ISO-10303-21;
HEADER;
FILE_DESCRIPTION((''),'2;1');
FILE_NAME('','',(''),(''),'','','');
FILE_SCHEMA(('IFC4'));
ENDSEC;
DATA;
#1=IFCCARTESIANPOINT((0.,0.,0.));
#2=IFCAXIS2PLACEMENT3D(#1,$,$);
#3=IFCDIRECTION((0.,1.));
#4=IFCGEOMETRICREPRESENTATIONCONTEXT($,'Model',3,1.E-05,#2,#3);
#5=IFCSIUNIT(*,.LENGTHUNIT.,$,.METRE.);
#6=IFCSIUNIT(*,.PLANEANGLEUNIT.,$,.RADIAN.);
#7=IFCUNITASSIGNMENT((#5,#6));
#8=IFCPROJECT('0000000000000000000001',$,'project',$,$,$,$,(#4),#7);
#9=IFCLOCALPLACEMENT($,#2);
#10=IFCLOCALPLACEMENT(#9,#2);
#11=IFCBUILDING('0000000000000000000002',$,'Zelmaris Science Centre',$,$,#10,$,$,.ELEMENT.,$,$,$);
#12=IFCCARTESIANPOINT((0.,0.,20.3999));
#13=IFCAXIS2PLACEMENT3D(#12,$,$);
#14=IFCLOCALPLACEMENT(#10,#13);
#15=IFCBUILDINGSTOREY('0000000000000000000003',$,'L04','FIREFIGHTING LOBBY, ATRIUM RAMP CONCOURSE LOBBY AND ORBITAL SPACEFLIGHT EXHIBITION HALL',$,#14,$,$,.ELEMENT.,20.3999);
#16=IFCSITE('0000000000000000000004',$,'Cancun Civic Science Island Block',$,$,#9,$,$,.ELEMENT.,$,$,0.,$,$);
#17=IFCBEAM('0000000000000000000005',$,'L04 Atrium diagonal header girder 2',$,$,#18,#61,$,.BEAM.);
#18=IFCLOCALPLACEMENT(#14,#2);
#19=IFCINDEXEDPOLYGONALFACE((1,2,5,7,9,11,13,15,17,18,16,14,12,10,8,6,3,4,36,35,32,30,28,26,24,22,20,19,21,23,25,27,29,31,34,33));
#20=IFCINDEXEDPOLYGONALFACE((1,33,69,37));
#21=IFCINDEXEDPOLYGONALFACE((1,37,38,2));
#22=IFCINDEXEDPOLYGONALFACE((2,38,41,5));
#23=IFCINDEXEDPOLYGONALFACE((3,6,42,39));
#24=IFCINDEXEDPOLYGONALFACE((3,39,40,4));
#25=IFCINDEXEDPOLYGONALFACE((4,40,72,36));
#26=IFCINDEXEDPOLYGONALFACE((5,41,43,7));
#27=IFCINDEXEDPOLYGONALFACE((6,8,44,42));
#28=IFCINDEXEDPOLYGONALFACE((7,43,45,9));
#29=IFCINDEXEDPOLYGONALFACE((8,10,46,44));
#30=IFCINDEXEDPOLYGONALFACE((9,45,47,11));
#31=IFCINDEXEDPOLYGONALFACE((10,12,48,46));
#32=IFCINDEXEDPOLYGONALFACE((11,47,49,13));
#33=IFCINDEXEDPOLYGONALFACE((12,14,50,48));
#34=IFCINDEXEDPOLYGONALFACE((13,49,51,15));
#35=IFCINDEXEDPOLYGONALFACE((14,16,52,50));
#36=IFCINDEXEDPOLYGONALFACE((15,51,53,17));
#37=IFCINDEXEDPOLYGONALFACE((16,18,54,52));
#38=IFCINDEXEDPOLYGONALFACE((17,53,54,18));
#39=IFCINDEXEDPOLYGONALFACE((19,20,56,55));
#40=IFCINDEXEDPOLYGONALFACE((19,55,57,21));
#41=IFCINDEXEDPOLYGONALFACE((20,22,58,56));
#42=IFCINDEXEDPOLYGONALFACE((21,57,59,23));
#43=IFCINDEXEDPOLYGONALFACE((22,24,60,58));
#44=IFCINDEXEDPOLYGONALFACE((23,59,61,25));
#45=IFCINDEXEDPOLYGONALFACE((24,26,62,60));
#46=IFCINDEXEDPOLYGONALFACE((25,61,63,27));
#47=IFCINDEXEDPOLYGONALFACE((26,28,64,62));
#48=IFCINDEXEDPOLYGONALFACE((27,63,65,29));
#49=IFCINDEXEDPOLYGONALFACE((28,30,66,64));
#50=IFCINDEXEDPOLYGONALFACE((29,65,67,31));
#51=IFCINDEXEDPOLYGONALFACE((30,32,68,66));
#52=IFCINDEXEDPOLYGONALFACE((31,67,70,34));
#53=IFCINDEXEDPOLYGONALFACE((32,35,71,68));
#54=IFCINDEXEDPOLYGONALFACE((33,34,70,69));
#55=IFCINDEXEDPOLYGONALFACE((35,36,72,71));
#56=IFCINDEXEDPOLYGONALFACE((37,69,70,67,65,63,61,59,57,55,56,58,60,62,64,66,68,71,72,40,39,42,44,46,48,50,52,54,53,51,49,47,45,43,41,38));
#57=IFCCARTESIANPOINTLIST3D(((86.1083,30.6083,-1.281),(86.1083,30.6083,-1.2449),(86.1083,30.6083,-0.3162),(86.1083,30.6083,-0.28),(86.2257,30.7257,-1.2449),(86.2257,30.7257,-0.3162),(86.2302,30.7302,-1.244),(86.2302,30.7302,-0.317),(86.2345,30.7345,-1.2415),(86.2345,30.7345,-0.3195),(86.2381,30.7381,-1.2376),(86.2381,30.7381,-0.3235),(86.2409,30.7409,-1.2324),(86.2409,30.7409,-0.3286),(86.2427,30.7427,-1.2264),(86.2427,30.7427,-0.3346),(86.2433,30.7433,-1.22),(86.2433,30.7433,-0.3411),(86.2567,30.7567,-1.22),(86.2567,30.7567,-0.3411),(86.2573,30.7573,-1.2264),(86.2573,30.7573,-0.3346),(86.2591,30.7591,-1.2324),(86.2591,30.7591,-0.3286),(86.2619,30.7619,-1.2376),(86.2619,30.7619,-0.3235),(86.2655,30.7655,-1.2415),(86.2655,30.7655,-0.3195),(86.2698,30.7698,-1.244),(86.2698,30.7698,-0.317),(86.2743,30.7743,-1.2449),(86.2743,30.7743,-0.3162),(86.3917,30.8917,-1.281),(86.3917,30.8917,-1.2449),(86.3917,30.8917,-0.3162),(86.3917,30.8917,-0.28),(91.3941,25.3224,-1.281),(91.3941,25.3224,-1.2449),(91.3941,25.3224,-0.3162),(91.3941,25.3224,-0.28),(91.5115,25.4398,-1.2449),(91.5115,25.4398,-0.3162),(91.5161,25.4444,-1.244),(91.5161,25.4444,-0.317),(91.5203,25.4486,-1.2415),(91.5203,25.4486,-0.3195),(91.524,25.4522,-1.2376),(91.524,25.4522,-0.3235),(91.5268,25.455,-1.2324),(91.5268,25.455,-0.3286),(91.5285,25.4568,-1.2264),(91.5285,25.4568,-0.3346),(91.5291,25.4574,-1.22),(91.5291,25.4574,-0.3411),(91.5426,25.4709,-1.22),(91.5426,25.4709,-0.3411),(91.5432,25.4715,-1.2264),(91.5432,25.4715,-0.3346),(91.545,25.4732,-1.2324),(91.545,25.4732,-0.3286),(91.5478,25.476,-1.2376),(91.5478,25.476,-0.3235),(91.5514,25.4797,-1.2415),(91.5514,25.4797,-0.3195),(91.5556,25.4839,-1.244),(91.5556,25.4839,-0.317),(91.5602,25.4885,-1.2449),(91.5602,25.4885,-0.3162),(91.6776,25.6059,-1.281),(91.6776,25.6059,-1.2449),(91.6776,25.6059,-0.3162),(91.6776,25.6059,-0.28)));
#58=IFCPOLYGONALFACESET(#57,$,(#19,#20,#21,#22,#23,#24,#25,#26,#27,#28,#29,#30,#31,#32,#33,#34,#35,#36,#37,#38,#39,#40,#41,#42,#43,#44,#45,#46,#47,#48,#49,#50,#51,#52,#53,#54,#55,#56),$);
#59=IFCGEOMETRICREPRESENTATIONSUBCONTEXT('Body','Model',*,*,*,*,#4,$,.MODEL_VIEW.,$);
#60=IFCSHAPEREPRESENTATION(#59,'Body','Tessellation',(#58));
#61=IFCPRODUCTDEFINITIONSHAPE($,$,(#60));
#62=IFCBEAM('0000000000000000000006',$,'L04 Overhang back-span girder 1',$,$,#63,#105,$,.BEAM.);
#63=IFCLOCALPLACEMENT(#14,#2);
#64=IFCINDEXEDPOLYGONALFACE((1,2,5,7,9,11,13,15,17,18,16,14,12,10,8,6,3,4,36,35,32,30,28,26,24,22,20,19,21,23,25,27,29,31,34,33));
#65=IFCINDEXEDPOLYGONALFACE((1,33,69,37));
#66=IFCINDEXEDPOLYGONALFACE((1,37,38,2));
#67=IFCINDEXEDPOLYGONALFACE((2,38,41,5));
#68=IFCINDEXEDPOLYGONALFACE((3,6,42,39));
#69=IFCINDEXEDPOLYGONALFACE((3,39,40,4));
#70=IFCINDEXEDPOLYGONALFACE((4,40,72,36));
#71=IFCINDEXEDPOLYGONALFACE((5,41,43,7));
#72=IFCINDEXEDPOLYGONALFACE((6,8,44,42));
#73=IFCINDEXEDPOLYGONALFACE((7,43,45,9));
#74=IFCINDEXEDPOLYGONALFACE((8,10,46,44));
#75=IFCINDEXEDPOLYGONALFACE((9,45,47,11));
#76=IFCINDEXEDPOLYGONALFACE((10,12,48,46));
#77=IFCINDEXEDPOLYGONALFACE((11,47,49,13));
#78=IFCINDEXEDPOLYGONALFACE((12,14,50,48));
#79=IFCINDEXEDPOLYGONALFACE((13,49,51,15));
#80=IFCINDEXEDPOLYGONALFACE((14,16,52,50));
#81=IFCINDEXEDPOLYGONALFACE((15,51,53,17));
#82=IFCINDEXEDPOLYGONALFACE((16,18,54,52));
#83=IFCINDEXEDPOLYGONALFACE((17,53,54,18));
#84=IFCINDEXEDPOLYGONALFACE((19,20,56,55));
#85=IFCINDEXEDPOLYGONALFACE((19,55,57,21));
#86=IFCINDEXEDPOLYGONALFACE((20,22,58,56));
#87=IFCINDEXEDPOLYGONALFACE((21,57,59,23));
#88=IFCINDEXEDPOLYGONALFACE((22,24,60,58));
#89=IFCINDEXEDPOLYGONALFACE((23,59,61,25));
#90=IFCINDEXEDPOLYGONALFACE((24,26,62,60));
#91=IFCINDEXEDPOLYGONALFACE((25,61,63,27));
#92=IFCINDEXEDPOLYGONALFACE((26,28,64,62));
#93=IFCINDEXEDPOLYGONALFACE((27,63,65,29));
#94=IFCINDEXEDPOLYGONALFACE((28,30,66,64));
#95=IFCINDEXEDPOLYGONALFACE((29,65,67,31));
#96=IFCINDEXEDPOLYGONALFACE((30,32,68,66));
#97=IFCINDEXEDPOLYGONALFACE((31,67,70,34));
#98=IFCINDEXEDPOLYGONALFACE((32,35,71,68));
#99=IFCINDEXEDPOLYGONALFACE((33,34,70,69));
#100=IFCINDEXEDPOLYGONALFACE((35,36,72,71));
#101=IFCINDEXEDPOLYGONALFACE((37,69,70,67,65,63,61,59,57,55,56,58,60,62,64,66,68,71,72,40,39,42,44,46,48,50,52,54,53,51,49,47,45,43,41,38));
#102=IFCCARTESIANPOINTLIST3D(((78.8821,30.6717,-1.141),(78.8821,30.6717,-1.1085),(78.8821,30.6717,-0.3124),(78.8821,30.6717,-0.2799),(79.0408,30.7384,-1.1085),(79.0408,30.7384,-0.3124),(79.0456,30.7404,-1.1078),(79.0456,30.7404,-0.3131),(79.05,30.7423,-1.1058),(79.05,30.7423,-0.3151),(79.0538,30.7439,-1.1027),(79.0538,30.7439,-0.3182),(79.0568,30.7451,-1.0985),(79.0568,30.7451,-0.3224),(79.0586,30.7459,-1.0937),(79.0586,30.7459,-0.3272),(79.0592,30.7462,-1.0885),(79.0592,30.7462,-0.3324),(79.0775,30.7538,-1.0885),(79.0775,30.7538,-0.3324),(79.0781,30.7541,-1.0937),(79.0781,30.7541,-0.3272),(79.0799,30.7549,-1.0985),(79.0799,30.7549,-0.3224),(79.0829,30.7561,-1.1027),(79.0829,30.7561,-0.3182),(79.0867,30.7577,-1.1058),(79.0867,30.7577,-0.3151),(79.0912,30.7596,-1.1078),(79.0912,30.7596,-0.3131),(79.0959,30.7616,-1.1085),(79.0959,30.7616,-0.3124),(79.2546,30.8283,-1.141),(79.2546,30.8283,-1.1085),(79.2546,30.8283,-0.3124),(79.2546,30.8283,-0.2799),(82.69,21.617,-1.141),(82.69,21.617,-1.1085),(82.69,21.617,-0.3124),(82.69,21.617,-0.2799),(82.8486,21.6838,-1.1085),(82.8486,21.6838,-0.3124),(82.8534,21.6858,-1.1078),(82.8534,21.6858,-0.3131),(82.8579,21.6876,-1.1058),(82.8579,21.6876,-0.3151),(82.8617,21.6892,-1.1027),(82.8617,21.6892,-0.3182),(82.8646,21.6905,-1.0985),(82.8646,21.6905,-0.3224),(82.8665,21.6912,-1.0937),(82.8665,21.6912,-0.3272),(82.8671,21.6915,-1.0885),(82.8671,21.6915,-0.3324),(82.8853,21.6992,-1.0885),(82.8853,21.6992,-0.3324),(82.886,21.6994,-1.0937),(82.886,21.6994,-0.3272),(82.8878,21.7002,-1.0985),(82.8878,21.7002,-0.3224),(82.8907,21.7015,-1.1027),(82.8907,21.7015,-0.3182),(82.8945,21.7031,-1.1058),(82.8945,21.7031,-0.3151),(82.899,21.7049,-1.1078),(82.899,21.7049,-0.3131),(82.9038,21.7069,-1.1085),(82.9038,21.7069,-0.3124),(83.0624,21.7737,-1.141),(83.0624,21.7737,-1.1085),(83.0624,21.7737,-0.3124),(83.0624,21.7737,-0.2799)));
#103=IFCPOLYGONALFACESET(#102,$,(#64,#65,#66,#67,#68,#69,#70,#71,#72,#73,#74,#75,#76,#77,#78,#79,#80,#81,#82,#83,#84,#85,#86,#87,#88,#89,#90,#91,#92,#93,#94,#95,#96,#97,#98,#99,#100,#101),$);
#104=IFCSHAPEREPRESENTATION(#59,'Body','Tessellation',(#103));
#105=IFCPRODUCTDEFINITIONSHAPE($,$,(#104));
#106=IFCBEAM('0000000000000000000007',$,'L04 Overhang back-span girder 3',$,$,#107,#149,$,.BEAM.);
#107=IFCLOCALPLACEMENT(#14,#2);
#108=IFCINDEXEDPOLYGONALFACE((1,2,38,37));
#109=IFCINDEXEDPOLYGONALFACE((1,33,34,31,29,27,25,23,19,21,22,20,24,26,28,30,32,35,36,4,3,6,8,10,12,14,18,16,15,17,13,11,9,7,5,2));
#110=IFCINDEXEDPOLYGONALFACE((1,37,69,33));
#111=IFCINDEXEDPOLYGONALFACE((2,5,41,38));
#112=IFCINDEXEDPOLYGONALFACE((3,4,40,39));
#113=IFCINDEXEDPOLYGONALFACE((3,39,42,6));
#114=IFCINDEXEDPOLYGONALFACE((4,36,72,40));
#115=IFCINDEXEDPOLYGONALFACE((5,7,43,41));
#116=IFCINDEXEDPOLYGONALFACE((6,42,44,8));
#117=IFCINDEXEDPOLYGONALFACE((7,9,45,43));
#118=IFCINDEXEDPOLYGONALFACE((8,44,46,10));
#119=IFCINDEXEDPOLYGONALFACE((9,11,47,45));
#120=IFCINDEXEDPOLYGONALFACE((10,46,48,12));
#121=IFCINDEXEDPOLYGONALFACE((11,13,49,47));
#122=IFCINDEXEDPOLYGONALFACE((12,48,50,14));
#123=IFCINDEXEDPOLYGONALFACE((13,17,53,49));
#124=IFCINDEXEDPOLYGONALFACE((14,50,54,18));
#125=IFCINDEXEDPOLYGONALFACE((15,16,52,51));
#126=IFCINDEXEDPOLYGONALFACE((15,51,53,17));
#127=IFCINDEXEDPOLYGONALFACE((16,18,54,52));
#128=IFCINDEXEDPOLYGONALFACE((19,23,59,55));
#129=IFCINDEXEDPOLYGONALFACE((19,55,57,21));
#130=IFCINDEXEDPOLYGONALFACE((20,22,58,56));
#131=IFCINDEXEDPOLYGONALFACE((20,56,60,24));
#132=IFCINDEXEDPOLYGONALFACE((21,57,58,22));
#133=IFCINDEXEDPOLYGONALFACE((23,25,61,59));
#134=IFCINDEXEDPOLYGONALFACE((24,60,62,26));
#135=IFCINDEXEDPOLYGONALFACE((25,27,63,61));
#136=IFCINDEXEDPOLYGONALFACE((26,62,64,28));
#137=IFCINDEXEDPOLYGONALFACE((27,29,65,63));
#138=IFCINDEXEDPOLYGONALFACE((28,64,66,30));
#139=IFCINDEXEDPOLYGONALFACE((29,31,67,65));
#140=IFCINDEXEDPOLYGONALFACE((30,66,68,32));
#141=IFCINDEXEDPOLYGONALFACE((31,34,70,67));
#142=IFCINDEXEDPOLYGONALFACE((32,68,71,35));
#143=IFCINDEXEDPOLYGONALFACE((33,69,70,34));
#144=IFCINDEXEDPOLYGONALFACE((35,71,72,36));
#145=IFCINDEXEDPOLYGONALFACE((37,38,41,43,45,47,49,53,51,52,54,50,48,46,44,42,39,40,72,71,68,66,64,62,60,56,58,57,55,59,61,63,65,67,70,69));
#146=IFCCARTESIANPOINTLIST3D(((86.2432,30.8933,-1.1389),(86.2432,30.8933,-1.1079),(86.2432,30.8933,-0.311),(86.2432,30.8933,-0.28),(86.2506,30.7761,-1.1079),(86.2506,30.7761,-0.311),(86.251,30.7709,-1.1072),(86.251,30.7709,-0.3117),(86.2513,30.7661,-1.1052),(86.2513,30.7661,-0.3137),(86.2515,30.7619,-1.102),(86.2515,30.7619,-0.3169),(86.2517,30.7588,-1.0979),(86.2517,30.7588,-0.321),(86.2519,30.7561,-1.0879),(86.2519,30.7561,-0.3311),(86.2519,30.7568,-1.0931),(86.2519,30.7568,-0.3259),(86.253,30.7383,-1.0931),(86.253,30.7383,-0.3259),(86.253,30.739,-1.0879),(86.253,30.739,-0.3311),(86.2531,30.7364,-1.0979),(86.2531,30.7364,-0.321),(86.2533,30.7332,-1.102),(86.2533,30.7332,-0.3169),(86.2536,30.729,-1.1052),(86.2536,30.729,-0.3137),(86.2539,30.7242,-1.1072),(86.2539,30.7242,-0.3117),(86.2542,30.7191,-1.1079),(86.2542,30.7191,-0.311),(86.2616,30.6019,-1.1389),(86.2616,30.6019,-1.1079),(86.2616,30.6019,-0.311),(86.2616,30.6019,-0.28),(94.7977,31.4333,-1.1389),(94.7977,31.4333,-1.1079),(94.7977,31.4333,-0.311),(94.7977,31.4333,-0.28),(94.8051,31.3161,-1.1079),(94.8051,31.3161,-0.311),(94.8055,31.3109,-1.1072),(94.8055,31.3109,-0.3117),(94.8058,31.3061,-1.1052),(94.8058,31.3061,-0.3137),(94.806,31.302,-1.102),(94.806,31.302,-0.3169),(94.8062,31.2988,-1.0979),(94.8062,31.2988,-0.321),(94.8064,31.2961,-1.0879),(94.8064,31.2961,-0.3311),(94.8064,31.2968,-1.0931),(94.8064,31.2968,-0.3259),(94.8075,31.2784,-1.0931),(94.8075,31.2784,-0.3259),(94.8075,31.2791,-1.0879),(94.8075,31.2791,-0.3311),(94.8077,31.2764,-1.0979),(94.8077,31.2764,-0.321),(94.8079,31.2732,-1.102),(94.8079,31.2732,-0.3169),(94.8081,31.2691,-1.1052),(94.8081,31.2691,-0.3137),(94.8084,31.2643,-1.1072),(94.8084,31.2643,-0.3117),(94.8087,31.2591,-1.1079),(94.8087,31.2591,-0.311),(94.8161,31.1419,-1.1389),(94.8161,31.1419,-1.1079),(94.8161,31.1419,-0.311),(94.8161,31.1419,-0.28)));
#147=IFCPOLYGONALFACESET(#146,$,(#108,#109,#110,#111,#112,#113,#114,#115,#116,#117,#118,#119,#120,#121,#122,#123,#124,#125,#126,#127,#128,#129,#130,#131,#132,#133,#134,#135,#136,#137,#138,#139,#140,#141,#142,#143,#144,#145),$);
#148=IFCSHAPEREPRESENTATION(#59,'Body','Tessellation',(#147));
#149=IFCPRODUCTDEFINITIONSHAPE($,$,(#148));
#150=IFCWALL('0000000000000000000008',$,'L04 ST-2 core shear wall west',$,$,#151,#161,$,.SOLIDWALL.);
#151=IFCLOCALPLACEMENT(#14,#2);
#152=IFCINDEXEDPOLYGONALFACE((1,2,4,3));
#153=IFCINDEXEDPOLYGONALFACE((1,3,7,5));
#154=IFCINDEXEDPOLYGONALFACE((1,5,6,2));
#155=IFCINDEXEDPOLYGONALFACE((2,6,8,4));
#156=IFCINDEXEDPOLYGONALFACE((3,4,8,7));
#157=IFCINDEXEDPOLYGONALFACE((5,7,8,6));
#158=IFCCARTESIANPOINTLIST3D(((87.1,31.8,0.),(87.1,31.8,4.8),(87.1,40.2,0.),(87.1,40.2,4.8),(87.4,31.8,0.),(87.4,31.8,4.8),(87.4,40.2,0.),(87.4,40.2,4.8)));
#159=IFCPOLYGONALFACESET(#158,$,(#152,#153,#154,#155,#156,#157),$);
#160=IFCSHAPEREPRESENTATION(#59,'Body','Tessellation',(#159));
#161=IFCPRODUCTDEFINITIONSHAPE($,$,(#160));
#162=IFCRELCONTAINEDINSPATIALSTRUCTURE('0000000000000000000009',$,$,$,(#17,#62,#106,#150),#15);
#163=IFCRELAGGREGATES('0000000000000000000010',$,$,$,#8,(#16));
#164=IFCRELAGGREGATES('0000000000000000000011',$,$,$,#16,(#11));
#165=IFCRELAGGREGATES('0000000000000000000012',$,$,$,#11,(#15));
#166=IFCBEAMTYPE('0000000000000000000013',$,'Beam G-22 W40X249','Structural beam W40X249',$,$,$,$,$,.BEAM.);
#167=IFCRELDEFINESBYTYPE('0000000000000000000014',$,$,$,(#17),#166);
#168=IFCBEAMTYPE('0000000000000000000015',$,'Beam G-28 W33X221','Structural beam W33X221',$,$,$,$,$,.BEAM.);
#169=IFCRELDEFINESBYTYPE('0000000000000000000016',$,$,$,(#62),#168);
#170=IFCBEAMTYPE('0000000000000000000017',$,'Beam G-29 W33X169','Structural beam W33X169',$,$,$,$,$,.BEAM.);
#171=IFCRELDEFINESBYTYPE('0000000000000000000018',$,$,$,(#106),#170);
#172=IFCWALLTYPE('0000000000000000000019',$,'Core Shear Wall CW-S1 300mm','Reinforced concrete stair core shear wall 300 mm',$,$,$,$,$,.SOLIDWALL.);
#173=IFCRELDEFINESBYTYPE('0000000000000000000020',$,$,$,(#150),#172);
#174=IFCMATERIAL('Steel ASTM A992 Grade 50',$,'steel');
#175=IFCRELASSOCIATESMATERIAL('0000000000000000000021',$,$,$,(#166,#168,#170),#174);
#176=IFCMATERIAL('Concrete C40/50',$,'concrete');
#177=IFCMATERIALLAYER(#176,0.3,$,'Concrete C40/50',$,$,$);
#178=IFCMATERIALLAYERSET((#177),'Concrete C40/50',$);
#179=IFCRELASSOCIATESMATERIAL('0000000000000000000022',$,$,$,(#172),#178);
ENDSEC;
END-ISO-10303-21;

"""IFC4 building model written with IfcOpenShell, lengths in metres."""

from ifc_helpers import new_model, si_unit, direction, frame, frame_2d, origin, origin_2d, place, context, subcontext, project, spatial, rectangle, i_section, extrude, material, layer, layer_set, material_profile, profile_set, type_object, element, save


model = new_model("IFC4")

# Units and contexts
model_context = context("Model", 3, precision=1e-05, world=origin(), true_north=direction((0.0, 1.0)))
body_context = subcontext(model_context, "Body", "Model", "MODEL_VIEW")
ifc_project = project(units=[si_unit("LENGTHUNIT", "METRE"), si_unit("PLANEANGLEUNIT", "RADIAN")], contexts=[model_context])

# Site, building, storey
site_placement = place(None, origin())
site = spatial("IfcSite", under=ifc_project, at=site_placement, Name="Cancun Civic Science Island Block", CompositionType="ELEMENT", RefElevation=0.0)
building_placement = place(site_placement, origin())
building = spatial("IfcBuilding", under=site, at=building_placement, Name="Zelmaris Science Centre", CompositionType="ELEMENT")
storey_placement = place(building_placement, frame((0.0, 0.0, 20.3999)))
storey = spatial("IfcBuildingStorey", under=building, at=storey_placement, Name="L04", Description="FIREFIGHTING LOBBY, ATRIUM RAMP CONCOURSE LOBBY AND ORBITAL SPACEFLIGHT EXHIBITION HALL", CompositionType="ELEMENT", Elevation=20.3999)

# Beams
ifc_material_1 = material(Name="Steel ASTM A992 Grade 50", Category="steel")
ifc_material_profile_1 = material_profile(ifc_material_1, i_section(OverallWidth=0.4009, OverallDepth=1.001, WebThickness=0.019, FlangeThickness=0.0361, FilletRadius=0.0249, at=origin_2d()), Name="W40X249")
ifc_profile_set_1 = profile_set([ifc_material_profile_1], Name="Steel ASTM A992 Grade 50")
beam_type_1 = type_object("IfcBeamType", Name="Beam G-22 W40X249", Description="Structural beam W40X249", PredefinedType="BEAM", material=ifc_profile_set_1)
beam_1_placement = place(storey_placement, frame((86.25, 30.75, -0.7805), z_axis=(0.707107, -0.707107, 0.0), x_axis=(0.707107, 0.707107, 0.0)))
element("IfcBeam", 1, at=beam_1_placement, inside=storey, type_object=beam_type_1, Name="L04 Atrium diagonal header girder 2", PredefinedType="BEAM", context=body_context, shape_type="SweptSolid", body=[
    extrude(i_section(OverallWidth=0.4009, OverallDepth=1.001, WebThickness=0.019, FlangeThickness=0.0361, FilletRadius=0.0249, at=origin_2d()), origin(), (0.0, 0.0, 1.0), 7.4753),
])
ifc_material_profile_2 = material_profile(ifc_material_1, i_section(OverallWidth=0.4041, OverallDepth=0.8611, WebThickness=0.0198, FlangeThickness=0.0325, FilletRadius=0.02, at=origin_2d()), Name="W33X221")
ifc_profile_set_2 = profile_set([ifc_material_profile_2], Name="Steel ASTM A992 Grade 50")
beam_type_2 = type_object("IfcBeamType", Name="Beam G-28 W33X221", Description="Structural beam W33X221", PredefinedType="BEAM", material=ifc_profile_set_2)
beam_2_placement = place(storey_placement, frame((79.0684, 30.75, -0.7104), z_axis=(0.387656, -0.921804, 0.0), x_axis=(0.921804, 0.387656, 0.0)))
element("IfcBeam", 2, at=beam_2_placement, inside=storey, type_object=beam_type_2, Name="L04 Overhang back-span girder 1", PredefinedType="BEAM", context=body_context, shape_type="SweptSolid", body=[
    extrude(i_section(OverallWidth=0.4041, OverallDepth=0.8611, WebThickness=0.0198, FlangeThickness=0.0325, FilletRadius=0.02, at=origin_2d()), origin(), (0.0, 0.0, 1.0), 9.8228),
])
ifc_material_profile_3 = material_profile(ifc_material_1, i_section(OverallWidth=0.292, OverallDepth=0.8589, WebThickness=0.0171, FlangeThickness=0.031, FilletRadius=0.02, at=origin_2d()), Name="W33X169")
ifc_profile_set_3 = profile_set([ifc_material_profile_3], Name="Steel ASTM A992 Grade 50")
beam_type_3 = type_object("IfcBeamType", Name="Beam G-29 W33X169", Description="Structural beam W33X169", PredefinedType="BEAM", material=ifc_profile_set_3)
beam_3_placement = place(storey_placement, frame((86.2524, 30.7476, -0.7095), z_axis=(0.998013, 0.063004, 0.0), x_axis=(-0.063004, 0.998013, 0.0)))
element("IfcBeam", 3, at=beam_3_placement, inside=storey, type_object=beam_type_3, Name="L04 Overhang back-span girder 3", PredefinedType="BEAM", context=body_context, shape_type="SweptSolid", body=[
    extrude(i_section(OverallWidth=0.292, OverallDepth=0.8589, WebThickness=0.0171, FlangeThickness=0.031, FilletRadius=0.02, at=origin_2d()), origin(), (0.0, 0.0, 1.0), 8.5715),
])

# Wall
ifc_material_2 = material(Name="Concrete C40/50", Category="concrete")
ifc_layer_1 = layer(ifc_material_2, 0.3, Name="Concrete C40/50")
ifc_layer_set_1 = layer_set([ifc_layer_1], Name="Concrete C40/50")
wall_type_1 = type_object("IfcWallType", Name="Core Shear Wall CW-S1 300mm", Description="Reinforced concrete stair core shear wall 300 mm", PredefinedType="SOLIDWALL", material=ifc_layer_set_1)
wall_1_placement = place(storey_placement, frame((87.25, 31.8, 0.0), z_axis=(0.0, 0.0, 1.0), x_axis=(0.0, 1.0, 0.0)))
element("IfcWall", 4, at=wall_1_placement, inside=storey, type_object=wall_type_1, Name="L04 ST-2 core shear wall west", PredefinedType="SOLIDWALL", context=body_context, shape_type="SweptSolid", body=[
    extrude(rectangle(XDim=8.3999, YDim=0.3, at=frame_2d((4.2, 0.0))), origin(), (0.0, 0.0, 1.0), 4.8),
])

save(model, "model.ifc")
